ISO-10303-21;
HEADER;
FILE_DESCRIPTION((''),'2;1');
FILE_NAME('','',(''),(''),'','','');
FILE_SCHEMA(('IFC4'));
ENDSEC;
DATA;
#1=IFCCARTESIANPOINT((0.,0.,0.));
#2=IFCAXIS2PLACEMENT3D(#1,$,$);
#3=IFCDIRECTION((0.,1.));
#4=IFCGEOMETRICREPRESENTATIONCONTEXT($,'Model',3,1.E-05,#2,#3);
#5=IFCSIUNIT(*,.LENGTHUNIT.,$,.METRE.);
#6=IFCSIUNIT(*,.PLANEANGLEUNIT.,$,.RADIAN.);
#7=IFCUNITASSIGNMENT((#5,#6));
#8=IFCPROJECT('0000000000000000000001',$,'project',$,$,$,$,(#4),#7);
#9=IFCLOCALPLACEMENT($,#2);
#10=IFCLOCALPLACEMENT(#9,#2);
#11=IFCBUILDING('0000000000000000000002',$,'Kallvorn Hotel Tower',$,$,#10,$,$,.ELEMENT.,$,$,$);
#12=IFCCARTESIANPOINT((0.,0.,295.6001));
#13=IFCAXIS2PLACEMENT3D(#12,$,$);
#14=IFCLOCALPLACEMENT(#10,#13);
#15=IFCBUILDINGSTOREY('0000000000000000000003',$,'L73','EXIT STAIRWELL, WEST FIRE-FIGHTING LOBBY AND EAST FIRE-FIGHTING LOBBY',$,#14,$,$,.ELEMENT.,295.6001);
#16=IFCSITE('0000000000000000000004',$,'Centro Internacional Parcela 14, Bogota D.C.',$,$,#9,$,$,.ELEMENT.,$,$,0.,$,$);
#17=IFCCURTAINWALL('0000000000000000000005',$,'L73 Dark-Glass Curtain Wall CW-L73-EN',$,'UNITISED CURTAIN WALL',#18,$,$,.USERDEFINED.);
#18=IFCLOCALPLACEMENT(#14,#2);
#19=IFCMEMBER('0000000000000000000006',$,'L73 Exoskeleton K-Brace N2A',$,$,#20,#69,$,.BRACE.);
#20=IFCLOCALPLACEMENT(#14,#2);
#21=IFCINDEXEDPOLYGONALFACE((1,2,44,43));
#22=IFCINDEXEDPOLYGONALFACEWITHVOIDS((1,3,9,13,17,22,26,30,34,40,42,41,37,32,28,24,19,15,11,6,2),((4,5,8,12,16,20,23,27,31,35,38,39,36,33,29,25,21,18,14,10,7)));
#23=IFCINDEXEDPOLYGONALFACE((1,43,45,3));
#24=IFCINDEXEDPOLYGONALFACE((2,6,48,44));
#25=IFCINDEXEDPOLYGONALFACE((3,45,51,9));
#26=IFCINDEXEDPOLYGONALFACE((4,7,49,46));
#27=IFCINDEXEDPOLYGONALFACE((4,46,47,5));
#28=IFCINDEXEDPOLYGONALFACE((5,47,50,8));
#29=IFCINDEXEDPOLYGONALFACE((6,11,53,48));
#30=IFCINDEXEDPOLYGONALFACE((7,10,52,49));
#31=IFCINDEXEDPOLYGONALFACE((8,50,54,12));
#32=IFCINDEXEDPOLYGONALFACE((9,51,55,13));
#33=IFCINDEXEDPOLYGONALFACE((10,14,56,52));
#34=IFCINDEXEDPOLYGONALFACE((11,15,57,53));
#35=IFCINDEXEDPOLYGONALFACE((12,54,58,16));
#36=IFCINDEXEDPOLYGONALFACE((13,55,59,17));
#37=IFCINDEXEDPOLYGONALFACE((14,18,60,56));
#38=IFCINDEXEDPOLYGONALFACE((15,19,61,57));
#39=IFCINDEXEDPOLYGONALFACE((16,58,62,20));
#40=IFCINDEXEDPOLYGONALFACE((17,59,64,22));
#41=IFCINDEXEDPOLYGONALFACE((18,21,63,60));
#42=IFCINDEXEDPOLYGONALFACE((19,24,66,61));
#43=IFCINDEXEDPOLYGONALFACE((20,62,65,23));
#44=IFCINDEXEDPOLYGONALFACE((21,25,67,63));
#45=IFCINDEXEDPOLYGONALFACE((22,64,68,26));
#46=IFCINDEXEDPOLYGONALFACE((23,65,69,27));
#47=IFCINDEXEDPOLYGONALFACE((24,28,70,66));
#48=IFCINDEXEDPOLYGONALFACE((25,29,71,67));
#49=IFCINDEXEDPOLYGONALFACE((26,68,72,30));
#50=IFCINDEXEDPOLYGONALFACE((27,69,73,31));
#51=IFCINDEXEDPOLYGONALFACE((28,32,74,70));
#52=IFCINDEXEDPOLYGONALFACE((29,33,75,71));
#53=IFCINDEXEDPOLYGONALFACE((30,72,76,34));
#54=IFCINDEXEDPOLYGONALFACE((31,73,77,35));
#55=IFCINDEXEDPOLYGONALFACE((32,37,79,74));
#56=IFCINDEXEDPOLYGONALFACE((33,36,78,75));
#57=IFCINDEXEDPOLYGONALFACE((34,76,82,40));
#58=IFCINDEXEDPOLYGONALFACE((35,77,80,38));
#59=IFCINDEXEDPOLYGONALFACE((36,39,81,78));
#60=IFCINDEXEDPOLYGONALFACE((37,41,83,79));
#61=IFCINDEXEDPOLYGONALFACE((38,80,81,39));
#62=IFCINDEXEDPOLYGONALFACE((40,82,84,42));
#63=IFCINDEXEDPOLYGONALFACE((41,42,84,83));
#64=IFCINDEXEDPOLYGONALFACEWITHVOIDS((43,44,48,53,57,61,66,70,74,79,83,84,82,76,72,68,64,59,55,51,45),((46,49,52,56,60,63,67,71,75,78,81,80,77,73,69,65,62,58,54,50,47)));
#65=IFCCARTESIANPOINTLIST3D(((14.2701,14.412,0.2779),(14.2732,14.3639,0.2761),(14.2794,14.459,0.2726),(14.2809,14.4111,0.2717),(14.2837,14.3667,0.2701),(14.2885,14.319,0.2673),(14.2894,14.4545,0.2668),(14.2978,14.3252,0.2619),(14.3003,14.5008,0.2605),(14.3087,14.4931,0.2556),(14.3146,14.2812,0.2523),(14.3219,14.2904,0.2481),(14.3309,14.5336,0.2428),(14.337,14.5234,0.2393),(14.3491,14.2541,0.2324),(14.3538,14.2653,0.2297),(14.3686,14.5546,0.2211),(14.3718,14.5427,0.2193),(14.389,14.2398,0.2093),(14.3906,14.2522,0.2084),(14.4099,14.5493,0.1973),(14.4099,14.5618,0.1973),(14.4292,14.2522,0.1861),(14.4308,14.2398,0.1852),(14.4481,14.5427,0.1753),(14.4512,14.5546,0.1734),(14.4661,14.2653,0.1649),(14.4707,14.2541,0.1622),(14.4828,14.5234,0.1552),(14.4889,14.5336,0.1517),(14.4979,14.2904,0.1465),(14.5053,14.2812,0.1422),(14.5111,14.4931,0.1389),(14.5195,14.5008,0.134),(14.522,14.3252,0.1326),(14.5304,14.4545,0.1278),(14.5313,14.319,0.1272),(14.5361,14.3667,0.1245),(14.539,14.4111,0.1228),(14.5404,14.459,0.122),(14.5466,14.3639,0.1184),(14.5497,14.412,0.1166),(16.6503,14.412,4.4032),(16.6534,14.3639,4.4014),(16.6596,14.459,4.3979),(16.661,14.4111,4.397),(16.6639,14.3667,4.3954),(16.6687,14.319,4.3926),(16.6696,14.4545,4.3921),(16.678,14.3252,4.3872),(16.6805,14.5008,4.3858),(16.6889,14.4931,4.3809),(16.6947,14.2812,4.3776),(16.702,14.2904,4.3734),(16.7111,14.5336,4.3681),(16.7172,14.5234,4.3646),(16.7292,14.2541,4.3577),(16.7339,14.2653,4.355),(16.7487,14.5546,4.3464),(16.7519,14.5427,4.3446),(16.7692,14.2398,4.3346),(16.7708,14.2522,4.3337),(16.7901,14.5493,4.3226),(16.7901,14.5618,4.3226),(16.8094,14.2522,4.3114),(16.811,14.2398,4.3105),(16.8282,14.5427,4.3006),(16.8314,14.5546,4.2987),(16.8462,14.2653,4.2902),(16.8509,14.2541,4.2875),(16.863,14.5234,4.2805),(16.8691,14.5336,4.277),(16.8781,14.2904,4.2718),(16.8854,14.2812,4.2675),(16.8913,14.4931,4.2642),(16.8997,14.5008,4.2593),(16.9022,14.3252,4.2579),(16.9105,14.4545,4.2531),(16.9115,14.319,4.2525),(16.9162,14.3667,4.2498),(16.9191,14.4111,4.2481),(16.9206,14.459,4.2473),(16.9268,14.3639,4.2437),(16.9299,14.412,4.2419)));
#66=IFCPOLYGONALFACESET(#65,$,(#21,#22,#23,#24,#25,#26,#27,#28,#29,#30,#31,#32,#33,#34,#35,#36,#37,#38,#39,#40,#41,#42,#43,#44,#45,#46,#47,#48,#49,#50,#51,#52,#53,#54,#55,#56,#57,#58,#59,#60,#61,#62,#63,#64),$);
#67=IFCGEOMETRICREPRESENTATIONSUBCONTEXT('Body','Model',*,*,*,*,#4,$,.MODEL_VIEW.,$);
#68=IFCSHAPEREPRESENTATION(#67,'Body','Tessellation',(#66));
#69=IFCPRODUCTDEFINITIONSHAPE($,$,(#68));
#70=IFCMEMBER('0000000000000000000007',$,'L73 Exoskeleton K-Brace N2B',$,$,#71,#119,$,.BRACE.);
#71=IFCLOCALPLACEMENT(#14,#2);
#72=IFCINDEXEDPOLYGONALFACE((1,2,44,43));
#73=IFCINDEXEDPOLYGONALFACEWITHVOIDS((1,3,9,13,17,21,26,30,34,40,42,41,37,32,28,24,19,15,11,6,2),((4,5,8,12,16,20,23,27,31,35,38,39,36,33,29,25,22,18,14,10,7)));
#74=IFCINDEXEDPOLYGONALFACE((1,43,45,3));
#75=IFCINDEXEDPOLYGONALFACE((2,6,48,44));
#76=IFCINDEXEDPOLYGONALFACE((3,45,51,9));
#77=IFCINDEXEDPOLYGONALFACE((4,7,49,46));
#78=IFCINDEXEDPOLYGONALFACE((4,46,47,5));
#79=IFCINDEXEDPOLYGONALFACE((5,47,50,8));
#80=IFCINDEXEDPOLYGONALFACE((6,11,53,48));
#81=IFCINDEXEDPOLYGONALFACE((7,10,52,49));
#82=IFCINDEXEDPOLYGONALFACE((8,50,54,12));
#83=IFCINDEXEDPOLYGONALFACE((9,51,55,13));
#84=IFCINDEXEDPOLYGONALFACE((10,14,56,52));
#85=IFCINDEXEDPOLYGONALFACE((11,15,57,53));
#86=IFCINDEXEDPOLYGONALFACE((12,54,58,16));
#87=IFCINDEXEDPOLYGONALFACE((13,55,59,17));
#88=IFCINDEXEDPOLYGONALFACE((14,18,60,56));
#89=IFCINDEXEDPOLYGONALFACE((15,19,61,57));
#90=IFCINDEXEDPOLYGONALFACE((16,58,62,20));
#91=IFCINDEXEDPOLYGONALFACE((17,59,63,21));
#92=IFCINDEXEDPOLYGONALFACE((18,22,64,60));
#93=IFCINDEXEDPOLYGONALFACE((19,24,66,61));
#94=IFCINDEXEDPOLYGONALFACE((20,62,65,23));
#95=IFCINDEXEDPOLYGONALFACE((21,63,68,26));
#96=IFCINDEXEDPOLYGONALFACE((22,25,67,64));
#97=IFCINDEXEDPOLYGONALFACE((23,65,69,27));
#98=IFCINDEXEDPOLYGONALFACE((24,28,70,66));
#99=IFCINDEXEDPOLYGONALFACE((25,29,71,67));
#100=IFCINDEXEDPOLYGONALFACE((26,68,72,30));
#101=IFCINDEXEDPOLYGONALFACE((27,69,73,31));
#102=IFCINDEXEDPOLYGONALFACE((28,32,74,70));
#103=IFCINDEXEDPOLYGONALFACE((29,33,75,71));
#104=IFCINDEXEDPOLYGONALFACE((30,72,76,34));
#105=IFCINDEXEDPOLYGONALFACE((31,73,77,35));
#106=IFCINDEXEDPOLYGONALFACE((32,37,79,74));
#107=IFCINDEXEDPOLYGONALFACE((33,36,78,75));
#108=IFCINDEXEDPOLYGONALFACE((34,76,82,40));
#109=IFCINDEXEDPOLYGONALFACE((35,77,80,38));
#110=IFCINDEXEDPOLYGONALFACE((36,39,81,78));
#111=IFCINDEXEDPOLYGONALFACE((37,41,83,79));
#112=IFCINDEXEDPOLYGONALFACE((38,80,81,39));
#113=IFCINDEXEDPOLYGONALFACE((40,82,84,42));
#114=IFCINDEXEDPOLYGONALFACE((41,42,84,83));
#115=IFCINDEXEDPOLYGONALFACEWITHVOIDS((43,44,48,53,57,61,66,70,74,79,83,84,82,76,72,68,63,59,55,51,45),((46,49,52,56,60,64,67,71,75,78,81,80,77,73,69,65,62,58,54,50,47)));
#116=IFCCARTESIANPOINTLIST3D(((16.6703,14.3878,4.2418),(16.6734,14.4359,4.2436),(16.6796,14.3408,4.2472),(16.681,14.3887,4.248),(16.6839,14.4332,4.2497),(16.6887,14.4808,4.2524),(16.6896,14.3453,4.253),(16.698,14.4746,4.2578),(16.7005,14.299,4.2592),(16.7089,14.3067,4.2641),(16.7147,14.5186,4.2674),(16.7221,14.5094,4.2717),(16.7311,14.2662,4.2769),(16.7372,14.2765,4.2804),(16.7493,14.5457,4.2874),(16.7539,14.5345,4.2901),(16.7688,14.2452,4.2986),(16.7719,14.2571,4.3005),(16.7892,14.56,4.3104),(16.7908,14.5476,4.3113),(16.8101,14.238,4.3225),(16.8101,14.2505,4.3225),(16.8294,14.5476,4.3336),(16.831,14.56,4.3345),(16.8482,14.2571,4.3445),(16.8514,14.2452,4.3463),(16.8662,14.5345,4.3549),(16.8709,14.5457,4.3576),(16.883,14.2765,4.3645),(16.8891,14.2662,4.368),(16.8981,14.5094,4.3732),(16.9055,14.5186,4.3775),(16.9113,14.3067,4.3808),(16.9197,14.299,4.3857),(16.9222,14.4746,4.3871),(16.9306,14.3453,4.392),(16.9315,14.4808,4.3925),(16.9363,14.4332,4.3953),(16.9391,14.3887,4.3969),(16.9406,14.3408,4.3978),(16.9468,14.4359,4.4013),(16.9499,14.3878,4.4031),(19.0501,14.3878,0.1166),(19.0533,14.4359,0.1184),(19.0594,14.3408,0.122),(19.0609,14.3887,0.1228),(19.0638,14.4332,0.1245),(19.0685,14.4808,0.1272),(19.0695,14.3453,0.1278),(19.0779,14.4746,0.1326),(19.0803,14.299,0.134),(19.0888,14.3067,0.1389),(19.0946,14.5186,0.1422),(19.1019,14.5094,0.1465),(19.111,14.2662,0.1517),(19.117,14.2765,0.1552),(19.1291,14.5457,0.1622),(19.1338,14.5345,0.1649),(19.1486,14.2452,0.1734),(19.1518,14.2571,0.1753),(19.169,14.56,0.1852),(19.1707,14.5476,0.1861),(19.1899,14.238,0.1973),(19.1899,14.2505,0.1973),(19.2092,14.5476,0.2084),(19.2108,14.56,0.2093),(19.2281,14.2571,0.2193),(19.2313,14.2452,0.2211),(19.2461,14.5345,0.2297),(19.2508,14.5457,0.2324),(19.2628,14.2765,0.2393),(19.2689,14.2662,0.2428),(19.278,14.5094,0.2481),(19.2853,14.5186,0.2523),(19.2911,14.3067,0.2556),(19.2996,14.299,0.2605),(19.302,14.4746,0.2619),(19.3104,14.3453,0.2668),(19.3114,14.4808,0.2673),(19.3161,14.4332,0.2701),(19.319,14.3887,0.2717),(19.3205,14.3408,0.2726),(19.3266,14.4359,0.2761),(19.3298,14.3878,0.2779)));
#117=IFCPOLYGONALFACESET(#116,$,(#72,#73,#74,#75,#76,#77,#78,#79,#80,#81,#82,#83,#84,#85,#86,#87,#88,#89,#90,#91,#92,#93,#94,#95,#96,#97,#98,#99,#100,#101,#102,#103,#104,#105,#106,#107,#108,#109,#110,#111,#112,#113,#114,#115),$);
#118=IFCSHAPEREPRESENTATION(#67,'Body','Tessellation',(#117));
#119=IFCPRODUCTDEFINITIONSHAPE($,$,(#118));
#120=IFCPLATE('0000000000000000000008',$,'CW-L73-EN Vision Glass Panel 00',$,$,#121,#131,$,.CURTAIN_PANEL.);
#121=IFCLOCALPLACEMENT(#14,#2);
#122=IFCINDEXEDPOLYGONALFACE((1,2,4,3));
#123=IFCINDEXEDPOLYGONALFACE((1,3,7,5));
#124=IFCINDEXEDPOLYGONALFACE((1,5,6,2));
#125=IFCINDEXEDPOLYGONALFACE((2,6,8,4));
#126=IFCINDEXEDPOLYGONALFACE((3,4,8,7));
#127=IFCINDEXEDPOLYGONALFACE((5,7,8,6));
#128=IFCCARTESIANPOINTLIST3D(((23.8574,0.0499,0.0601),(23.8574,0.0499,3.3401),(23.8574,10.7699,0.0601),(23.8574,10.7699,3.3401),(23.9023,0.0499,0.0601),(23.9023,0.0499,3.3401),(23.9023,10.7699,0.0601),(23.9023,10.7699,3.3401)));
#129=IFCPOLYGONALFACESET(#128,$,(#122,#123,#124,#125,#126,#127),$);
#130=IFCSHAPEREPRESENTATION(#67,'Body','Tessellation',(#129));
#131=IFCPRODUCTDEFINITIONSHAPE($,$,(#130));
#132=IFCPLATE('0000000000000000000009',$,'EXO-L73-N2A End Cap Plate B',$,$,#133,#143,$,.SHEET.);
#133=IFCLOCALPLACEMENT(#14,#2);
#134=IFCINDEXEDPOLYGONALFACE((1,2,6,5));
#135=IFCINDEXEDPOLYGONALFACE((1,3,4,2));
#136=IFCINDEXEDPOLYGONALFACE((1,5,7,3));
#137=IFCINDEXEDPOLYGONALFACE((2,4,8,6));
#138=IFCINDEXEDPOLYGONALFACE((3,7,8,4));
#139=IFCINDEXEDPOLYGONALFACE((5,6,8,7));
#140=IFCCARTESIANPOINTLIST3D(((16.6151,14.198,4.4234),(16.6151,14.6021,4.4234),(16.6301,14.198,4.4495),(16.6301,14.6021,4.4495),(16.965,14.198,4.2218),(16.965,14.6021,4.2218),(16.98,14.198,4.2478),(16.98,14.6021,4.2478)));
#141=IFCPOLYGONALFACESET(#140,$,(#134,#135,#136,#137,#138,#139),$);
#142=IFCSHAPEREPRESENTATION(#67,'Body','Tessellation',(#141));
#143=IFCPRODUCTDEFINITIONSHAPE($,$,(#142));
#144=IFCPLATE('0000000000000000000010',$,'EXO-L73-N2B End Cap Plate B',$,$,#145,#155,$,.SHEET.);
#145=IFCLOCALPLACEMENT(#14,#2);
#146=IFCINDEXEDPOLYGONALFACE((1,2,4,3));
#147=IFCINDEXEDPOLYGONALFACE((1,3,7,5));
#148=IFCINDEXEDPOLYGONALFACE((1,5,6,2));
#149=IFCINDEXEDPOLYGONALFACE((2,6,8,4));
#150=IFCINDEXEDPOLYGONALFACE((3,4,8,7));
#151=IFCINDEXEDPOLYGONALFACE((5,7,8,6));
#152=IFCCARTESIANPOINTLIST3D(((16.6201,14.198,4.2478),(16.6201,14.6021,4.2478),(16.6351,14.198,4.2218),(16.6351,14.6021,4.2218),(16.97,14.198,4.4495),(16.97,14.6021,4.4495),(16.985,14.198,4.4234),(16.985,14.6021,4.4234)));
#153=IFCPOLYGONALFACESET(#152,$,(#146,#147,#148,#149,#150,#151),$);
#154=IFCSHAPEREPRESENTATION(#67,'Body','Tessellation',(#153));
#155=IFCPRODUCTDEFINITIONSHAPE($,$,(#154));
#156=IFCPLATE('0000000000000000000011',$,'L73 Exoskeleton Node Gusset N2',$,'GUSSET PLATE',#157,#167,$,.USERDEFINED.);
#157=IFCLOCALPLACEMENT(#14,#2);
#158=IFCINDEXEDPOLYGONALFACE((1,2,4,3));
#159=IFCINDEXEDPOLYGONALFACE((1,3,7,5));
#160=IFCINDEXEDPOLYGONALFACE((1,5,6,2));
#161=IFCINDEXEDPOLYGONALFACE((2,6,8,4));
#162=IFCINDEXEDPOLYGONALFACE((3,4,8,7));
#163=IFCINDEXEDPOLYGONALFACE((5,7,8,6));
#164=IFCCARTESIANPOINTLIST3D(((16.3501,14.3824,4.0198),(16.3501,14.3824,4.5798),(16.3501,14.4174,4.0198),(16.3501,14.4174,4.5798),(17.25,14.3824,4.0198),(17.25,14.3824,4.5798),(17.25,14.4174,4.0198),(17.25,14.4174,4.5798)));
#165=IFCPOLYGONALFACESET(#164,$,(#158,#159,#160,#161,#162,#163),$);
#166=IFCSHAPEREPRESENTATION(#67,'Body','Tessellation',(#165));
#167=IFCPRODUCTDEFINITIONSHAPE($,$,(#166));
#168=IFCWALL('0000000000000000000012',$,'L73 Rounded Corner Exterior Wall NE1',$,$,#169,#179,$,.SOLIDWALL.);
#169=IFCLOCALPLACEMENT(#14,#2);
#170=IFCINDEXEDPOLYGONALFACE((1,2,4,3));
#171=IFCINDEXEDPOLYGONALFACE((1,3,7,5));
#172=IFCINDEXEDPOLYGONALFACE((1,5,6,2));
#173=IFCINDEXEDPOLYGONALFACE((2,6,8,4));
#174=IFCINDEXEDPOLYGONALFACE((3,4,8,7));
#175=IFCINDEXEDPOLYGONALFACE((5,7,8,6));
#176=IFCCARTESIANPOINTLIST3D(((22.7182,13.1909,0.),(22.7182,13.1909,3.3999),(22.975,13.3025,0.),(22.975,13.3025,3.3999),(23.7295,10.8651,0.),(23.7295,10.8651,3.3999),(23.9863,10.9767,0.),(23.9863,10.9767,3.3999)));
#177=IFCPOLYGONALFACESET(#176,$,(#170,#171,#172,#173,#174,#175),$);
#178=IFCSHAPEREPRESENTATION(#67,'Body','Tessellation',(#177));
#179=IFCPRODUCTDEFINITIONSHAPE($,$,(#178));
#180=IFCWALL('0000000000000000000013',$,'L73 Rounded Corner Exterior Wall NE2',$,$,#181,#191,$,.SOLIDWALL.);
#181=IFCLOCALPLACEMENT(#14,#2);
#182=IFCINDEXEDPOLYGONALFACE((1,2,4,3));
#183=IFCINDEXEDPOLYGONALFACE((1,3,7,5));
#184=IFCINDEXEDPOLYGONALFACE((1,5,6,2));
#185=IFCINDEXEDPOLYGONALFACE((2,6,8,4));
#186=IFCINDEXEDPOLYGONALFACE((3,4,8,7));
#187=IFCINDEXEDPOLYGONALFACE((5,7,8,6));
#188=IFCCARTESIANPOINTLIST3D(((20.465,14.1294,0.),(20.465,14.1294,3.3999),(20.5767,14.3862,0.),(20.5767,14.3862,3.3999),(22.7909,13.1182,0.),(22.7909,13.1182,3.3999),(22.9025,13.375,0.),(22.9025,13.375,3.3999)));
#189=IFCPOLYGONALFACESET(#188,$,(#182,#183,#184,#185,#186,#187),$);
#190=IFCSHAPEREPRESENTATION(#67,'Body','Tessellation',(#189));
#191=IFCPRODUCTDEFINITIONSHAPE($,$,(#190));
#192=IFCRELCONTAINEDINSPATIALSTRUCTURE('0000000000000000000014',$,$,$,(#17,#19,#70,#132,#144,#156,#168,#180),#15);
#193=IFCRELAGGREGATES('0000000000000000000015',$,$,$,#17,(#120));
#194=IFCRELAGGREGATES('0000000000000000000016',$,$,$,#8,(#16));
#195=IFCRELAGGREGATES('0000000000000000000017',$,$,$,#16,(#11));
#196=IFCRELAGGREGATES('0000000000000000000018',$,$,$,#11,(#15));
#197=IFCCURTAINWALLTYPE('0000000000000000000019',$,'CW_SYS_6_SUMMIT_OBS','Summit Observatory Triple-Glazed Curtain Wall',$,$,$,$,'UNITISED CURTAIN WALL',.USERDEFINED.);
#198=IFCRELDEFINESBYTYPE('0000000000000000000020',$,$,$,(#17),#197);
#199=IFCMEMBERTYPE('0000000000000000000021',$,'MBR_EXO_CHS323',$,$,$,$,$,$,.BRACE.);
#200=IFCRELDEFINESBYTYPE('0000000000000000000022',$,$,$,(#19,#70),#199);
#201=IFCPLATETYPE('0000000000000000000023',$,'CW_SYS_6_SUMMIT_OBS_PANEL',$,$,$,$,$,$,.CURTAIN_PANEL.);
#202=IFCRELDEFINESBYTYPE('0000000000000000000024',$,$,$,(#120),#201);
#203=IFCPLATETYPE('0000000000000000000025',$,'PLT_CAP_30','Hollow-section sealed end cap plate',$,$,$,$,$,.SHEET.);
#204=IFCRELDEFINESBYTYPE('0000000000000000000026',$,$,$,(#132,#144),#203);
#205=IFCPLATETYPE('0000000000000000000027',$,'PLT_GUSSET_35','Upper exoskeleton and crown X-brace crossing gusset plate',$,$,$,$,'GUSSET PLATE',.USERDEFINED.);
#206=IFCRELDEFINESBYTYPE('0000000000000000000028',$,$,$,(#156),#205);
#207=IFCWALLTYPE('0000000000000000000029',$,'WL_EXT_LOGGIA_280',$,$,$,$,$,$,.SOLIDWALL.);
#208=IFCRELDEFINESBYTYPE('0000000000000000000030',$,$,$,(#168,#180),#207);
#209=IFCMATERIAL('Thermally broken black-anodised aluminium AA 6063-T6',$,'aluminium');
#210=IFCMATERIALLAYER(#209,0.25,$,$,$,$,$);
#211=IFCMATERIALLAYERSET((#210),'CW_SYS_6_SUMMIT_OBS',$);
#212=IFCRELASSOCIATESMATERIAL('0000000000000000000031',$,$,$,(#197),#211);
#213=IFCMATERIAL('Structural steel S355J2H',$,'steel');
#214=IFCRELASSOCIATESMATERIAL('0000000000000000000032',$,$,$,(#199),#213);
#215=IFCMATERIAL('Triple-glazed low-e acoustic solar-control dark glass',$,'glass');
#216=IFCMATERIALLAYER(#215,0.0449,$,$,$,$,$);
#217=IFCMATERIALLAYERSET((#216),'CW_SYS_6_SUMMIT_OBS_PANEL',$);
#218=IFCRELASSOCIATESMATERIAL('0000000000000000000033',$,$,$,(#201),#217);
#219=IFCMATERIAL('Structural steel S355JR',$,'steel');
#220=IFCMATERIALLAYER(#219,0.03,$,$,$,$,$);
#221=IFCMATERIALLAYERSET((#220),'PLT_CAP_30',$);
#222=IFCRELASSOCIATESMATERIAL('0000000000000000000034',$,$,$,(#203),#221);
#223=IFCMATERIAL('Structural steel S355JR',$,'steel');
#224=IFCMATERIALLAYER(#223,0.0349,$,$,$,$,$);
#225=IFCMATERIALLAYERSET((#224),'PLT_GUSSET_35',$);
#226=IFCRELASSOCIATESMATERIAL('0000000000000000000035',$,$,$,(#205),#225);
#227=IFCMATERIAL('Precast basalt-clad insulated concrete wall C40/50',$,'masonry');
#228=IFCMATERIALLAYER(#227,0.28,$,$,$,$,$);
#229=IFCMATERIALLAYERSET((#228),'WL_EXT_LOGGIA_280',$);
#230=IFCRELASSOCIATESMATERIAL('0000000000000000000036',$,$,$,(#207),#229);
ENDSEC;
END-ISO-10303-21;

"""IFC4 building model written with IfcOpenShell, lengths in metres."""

from ifc_helpers import new_model, si_unit, direction, frame, frame_2d, origin, origin_2d, place, context, subcontext, project, spatial, polyline, rectangle, hollow_circle, outline, extrude, material, layer, layer_set, material_profile, profile_set, type_object, element, aggregate, save


model = new_model("IFC4")

# Units and contexts
model_context = context("Model", 3, precision=1e-05, world=origin(), true_north=direction((0.0, 1.0)))
body_context = subcontext(model_context, "Body", "Model", "MODEL_VIEW")
ifc_project = project(units=[si_unit("LENGTHUNIT", "METRE"), si_unit("PLANEANGLEUNIT", "RADIAN")], contexts=[model_context])

# Site, building, storey
site_placement = place(None, origin())
site = spatial("IfcSite", under=ifc_project, at=site_placement, Name="Centro Internacional Parcela 14, Bogota D.C.", CompositionType="ELEMENT", RefElevation=0.0)
building_placement = place(site_placement, origin())
building = spatial("IfcBuilding", under=site, at=building_placement, Name="Kallvorn Hotel Tower", CompositionType="ELEMENT")
storey_placement = place(building_placement, frame((0.0, 0.0, 295.6001)))
storey = spatial("IfcBuildingStorey", under=building, at=storey_placement, Name="L73", Description="EXIT STAIRWELL, WEST FIRE-FIGHTING LOBBY AND EAST FIRE-FIGHTING LOBBY", CompositionType="ELEMENT", Elevation=295.6001)

# Curtain wall
ifc_material_1 = material(Name="Thermally broken black-anodised aluminium AA 6063-T6", Category="aluminium")
ifc_layer_1 = layer(ifc_material_1, 0.25)
ifc_layer_set_1 = layer_set([ifc_layer_1], Name="CW_SYS_6_SUMMIT_OBS")
curtain_wall_type = type_object("IfcCurtainWallType", Name="CW_SYS_6_SUMMIT_OBS", Description="Summit Observatory Triple-Glazed Curtain Wall", ElementType="UNITISED CURTAIN WALL", PredefinedType="USERDEFINED", material=ifc_layer_set_1)
curtain_wall_placement = place(storey_placement, origin())
curtain_wall = element("IfcCurtainWall", 1, at=curtain_wall_placement, inside=storey, type_object=curtain_wall_type, Name="L73 Dark-Glass Curtain Wall CW-L73-EN", ObjectType="UNITISED CURTAIN WALL", PredefinedType="USERDEFINED")

# Members
ifc_material_2 = material(Name="Structural steel S355J2H", Category="steel")
ifc_material_profile_1 = material_profile(ifc_material_2, hollow_circle(Radius=0.1619, WallThickness=0.0125, at=origin_2d()), Name="CHS 323.9x12.5")
ifc_profile_set_1 = profile_set([ifc_material_profile_1], Name="Structural steel S355J2H")
member_type_1 = type_object("IfcMemberType", Name="MBR_EXO_CHS323", PredefinedType="BRACE", material=ifc_profile_set_1)
member_1_placement = place(storey_placement, frame((14.4099, 14.3999, 0.1973), z_axis=(0.499751, 0.0, 0.866169), x_axis=(0.0, 1.0, 0.0)))
element("IfcMember", 2, at=member_1_placement, inside=storey, type_object=member_type_1, Name="L73 Exoskeleton K-Brace N2A", PredefinedType="BRACE", context=body_context, shape_type="SweptSolid", body=[
    extrude(hollow_circle(Radius=0.1619, WallThickness=0.0125, at=origin_2d()), origin(), (0.0, 0.0, 1.0), 4.7627),
])
member_2_placement = place(storey_placement, frame((19.1899, 14.3999, 0.1973), z_axis=(-0.499712, 0.0, 0.866192), x_axis=(0.0, -1.0, 0.0)))
element("IfcMember", 3, at=member_2_placement, inside=storey, type_object=member_type_1, Name="L73 Exoskeleton K-Brace N2B", PredefinedType="BRACE", context=body_context, shape_type="SweptSolid", body=[
    extrude(hollow_circle(Radius=0.1619, WallThickness=0.0125, at=origin_2d()), origin(), (0.0, 0.0, 1.0), 4.7625),
])

# Plate
ifc_material_3 = material(Name="Triple-glazed low-e acoustic solar-control dark glass", Category="glass")
ifc_layer_2 = layer(ifc_material_3, 0.0449)
ifc_layer_set_2 = layer_set([ifc_layer_2], Name="CW_SYS_6_SUMMIT_OBS_PANEL")
plate_type_1 = type_object("IfcPlateType", Name="CW_SYS_6_SUMMIT_OBS_PANEL", PredefinedType="CURTAIN_PANEL", material=ifc_layer_set_2)
plate_1_placement = place(storey_placement, frame((23.8799, 5.4099, 0.0601), z_axis=(0.0, 0.0, 1.0), x_axis=(0.0, 1.0, 0.0)))
plate_1 = element("IfcPlate", 4, at=plate_1_placement, type_object=plate_type_1, Name="CW-L73-EN Vision Glass Panel 00", PredefinedType="CURTAIN_PANEL", context=body_context, shape_type="SweptSolid", body=[
    extrude(rectangle(XDim=10.72, YDim=0.0449, at=origin_2d()), origin(), (0.0, 0.0, 1.0), 3.28),
])
aggregate(curtain_wall, [plate_1])

# Plates
ifc_material_4 = material(Name="Structural steel S355JR", Category="steel")
ifc_layer_3 = layer(ifc_material_4, 0.03)
ifc_layer_set_3 = layer_set([ifc_layer_3], Name="PLT_CAP_30")
plate_type_2 = type_object("IfcPlateType", Name="PLT_CAP_30", Description="Hollow-section sealed end cap plate", PredefinedType="SHEET", material=ifc_layer_set_3)
for number, where, z_axis, x_axis, name in (
    (5, (16.98, 14.198, 4.2478), (0.499391, 0.0, 0.866377), (0.0, 1.0, 0.0), "EXO-L73-N2A End Cap Plate B"),
    (6, (16.6201, 14.6021, 4.2478), (-0.499391, 0.0, 0.866377), (0.0, -1.0, 0.0), "EXO-L73-N2B End Cap Plate B"),
):
    element("IfcPlate", number, at=place(storey_placement, frame(where, z_axis=z_axis, x_axis=x_axis)), inside=storey, type_object=plate_type_2, Name=name, PredefinedType="SHEET", context=body_context, shape_type="SweptSolid", body=[
        extrude(outline(polyline([(0.0, 0.0), (0.4041, 0.0), (0.4041, 0.4038), (0.0, 0.4038), (0.0, 0.0)])), origin(), (0.0, 0.0, -1.0), 0.03),
    ])
ifc_material_5 = material(Name="Structural steel S355JR", Category="steel")
ifc_layer_4 = layer(ifc_material_5, 0.0349)
ifc_layer_set_4 = layer_set([ifc_layer_4], Name="PLT_GUSSET_35")
plate_type_3 = type_object("IfcPlateType", Name="PLT_GUSSET_35", Description="Upper exoskeleton and crown X-brace crossing gusset plate", ElementType="GUSSET PLATE", PredefinedType="USERDEFINED", material=ifc_layer_set_4)
plate_2_placement = place(storey_placement, frame((16.8, 14.3999, 4.0198), z_axis=(0.0, 0.0, 1.0), x_axis=(1.0, 0.0, 0.0)))
element("IfcPlate", 7, at=plate_2_placement, inside=storey, type_object=plate_type_3, Name="L73 Exoskeleton Node Gusset N2", ObjectType="GUSSET PLATE", PredefinedType="USERDEFINED", context=body_context, shape_type="SweptSolid", body=[
    extrude(rectangle(XDim=0.8999, YDim=0.0349, at=origin_2d()), origin(), (0.0, 0.0, 1.0), 0.5601),
])

# Walls
ifc_material_6 = material(Name="Precast basalt-clad insulated concrete wall C40/50", Category="masonry")
ifc_layer_5 = layer(ifc_material_6, 0.28)
ifc_layer_set_5 = layer_set([ifc_layer_5], Name="WL_EXT_LOGGIA_280")
wall_type_1 = type_object("IfcWallType", Name="WL_EXT_LOGGIA_280", PredefinedType="SOLIDWALL", material=ifc_layer_set_5)
for number, where, z_axis, x_axis, name in (
    (8, (23.8579, 10.9209, 0.0), (0.0, 0.0, 1.0), (-0.398747, 0.917061, 0.0), "L73 Rounded Corner Exterior Wall NE1"),
    (9, (22.8467, 13.2466, 0.0), (0.0, 0.0, 1.0), (-0.917076, 0.398712, 0.0), "L73 Rounded Corner Exterior Wall NE2"),
):
    element("IfcWall", number, at=place(storey_placement, frame(where, z_axis=z_axis, x_axis=x_axis)), inside=storey, type_object=wall_type_1, Name=name, PredefinedType="SOLIDWALL", context=body_context, shape_type="SweptSolid", body=[
        extrude(rectangle(XDim=2.5361, YDim=0.28, at=frame_2d((1.2681, 0.0))), origin(), (0.0, 0.0, 1.0), 3.3999),
    ])

save(model, "model.ifc")
